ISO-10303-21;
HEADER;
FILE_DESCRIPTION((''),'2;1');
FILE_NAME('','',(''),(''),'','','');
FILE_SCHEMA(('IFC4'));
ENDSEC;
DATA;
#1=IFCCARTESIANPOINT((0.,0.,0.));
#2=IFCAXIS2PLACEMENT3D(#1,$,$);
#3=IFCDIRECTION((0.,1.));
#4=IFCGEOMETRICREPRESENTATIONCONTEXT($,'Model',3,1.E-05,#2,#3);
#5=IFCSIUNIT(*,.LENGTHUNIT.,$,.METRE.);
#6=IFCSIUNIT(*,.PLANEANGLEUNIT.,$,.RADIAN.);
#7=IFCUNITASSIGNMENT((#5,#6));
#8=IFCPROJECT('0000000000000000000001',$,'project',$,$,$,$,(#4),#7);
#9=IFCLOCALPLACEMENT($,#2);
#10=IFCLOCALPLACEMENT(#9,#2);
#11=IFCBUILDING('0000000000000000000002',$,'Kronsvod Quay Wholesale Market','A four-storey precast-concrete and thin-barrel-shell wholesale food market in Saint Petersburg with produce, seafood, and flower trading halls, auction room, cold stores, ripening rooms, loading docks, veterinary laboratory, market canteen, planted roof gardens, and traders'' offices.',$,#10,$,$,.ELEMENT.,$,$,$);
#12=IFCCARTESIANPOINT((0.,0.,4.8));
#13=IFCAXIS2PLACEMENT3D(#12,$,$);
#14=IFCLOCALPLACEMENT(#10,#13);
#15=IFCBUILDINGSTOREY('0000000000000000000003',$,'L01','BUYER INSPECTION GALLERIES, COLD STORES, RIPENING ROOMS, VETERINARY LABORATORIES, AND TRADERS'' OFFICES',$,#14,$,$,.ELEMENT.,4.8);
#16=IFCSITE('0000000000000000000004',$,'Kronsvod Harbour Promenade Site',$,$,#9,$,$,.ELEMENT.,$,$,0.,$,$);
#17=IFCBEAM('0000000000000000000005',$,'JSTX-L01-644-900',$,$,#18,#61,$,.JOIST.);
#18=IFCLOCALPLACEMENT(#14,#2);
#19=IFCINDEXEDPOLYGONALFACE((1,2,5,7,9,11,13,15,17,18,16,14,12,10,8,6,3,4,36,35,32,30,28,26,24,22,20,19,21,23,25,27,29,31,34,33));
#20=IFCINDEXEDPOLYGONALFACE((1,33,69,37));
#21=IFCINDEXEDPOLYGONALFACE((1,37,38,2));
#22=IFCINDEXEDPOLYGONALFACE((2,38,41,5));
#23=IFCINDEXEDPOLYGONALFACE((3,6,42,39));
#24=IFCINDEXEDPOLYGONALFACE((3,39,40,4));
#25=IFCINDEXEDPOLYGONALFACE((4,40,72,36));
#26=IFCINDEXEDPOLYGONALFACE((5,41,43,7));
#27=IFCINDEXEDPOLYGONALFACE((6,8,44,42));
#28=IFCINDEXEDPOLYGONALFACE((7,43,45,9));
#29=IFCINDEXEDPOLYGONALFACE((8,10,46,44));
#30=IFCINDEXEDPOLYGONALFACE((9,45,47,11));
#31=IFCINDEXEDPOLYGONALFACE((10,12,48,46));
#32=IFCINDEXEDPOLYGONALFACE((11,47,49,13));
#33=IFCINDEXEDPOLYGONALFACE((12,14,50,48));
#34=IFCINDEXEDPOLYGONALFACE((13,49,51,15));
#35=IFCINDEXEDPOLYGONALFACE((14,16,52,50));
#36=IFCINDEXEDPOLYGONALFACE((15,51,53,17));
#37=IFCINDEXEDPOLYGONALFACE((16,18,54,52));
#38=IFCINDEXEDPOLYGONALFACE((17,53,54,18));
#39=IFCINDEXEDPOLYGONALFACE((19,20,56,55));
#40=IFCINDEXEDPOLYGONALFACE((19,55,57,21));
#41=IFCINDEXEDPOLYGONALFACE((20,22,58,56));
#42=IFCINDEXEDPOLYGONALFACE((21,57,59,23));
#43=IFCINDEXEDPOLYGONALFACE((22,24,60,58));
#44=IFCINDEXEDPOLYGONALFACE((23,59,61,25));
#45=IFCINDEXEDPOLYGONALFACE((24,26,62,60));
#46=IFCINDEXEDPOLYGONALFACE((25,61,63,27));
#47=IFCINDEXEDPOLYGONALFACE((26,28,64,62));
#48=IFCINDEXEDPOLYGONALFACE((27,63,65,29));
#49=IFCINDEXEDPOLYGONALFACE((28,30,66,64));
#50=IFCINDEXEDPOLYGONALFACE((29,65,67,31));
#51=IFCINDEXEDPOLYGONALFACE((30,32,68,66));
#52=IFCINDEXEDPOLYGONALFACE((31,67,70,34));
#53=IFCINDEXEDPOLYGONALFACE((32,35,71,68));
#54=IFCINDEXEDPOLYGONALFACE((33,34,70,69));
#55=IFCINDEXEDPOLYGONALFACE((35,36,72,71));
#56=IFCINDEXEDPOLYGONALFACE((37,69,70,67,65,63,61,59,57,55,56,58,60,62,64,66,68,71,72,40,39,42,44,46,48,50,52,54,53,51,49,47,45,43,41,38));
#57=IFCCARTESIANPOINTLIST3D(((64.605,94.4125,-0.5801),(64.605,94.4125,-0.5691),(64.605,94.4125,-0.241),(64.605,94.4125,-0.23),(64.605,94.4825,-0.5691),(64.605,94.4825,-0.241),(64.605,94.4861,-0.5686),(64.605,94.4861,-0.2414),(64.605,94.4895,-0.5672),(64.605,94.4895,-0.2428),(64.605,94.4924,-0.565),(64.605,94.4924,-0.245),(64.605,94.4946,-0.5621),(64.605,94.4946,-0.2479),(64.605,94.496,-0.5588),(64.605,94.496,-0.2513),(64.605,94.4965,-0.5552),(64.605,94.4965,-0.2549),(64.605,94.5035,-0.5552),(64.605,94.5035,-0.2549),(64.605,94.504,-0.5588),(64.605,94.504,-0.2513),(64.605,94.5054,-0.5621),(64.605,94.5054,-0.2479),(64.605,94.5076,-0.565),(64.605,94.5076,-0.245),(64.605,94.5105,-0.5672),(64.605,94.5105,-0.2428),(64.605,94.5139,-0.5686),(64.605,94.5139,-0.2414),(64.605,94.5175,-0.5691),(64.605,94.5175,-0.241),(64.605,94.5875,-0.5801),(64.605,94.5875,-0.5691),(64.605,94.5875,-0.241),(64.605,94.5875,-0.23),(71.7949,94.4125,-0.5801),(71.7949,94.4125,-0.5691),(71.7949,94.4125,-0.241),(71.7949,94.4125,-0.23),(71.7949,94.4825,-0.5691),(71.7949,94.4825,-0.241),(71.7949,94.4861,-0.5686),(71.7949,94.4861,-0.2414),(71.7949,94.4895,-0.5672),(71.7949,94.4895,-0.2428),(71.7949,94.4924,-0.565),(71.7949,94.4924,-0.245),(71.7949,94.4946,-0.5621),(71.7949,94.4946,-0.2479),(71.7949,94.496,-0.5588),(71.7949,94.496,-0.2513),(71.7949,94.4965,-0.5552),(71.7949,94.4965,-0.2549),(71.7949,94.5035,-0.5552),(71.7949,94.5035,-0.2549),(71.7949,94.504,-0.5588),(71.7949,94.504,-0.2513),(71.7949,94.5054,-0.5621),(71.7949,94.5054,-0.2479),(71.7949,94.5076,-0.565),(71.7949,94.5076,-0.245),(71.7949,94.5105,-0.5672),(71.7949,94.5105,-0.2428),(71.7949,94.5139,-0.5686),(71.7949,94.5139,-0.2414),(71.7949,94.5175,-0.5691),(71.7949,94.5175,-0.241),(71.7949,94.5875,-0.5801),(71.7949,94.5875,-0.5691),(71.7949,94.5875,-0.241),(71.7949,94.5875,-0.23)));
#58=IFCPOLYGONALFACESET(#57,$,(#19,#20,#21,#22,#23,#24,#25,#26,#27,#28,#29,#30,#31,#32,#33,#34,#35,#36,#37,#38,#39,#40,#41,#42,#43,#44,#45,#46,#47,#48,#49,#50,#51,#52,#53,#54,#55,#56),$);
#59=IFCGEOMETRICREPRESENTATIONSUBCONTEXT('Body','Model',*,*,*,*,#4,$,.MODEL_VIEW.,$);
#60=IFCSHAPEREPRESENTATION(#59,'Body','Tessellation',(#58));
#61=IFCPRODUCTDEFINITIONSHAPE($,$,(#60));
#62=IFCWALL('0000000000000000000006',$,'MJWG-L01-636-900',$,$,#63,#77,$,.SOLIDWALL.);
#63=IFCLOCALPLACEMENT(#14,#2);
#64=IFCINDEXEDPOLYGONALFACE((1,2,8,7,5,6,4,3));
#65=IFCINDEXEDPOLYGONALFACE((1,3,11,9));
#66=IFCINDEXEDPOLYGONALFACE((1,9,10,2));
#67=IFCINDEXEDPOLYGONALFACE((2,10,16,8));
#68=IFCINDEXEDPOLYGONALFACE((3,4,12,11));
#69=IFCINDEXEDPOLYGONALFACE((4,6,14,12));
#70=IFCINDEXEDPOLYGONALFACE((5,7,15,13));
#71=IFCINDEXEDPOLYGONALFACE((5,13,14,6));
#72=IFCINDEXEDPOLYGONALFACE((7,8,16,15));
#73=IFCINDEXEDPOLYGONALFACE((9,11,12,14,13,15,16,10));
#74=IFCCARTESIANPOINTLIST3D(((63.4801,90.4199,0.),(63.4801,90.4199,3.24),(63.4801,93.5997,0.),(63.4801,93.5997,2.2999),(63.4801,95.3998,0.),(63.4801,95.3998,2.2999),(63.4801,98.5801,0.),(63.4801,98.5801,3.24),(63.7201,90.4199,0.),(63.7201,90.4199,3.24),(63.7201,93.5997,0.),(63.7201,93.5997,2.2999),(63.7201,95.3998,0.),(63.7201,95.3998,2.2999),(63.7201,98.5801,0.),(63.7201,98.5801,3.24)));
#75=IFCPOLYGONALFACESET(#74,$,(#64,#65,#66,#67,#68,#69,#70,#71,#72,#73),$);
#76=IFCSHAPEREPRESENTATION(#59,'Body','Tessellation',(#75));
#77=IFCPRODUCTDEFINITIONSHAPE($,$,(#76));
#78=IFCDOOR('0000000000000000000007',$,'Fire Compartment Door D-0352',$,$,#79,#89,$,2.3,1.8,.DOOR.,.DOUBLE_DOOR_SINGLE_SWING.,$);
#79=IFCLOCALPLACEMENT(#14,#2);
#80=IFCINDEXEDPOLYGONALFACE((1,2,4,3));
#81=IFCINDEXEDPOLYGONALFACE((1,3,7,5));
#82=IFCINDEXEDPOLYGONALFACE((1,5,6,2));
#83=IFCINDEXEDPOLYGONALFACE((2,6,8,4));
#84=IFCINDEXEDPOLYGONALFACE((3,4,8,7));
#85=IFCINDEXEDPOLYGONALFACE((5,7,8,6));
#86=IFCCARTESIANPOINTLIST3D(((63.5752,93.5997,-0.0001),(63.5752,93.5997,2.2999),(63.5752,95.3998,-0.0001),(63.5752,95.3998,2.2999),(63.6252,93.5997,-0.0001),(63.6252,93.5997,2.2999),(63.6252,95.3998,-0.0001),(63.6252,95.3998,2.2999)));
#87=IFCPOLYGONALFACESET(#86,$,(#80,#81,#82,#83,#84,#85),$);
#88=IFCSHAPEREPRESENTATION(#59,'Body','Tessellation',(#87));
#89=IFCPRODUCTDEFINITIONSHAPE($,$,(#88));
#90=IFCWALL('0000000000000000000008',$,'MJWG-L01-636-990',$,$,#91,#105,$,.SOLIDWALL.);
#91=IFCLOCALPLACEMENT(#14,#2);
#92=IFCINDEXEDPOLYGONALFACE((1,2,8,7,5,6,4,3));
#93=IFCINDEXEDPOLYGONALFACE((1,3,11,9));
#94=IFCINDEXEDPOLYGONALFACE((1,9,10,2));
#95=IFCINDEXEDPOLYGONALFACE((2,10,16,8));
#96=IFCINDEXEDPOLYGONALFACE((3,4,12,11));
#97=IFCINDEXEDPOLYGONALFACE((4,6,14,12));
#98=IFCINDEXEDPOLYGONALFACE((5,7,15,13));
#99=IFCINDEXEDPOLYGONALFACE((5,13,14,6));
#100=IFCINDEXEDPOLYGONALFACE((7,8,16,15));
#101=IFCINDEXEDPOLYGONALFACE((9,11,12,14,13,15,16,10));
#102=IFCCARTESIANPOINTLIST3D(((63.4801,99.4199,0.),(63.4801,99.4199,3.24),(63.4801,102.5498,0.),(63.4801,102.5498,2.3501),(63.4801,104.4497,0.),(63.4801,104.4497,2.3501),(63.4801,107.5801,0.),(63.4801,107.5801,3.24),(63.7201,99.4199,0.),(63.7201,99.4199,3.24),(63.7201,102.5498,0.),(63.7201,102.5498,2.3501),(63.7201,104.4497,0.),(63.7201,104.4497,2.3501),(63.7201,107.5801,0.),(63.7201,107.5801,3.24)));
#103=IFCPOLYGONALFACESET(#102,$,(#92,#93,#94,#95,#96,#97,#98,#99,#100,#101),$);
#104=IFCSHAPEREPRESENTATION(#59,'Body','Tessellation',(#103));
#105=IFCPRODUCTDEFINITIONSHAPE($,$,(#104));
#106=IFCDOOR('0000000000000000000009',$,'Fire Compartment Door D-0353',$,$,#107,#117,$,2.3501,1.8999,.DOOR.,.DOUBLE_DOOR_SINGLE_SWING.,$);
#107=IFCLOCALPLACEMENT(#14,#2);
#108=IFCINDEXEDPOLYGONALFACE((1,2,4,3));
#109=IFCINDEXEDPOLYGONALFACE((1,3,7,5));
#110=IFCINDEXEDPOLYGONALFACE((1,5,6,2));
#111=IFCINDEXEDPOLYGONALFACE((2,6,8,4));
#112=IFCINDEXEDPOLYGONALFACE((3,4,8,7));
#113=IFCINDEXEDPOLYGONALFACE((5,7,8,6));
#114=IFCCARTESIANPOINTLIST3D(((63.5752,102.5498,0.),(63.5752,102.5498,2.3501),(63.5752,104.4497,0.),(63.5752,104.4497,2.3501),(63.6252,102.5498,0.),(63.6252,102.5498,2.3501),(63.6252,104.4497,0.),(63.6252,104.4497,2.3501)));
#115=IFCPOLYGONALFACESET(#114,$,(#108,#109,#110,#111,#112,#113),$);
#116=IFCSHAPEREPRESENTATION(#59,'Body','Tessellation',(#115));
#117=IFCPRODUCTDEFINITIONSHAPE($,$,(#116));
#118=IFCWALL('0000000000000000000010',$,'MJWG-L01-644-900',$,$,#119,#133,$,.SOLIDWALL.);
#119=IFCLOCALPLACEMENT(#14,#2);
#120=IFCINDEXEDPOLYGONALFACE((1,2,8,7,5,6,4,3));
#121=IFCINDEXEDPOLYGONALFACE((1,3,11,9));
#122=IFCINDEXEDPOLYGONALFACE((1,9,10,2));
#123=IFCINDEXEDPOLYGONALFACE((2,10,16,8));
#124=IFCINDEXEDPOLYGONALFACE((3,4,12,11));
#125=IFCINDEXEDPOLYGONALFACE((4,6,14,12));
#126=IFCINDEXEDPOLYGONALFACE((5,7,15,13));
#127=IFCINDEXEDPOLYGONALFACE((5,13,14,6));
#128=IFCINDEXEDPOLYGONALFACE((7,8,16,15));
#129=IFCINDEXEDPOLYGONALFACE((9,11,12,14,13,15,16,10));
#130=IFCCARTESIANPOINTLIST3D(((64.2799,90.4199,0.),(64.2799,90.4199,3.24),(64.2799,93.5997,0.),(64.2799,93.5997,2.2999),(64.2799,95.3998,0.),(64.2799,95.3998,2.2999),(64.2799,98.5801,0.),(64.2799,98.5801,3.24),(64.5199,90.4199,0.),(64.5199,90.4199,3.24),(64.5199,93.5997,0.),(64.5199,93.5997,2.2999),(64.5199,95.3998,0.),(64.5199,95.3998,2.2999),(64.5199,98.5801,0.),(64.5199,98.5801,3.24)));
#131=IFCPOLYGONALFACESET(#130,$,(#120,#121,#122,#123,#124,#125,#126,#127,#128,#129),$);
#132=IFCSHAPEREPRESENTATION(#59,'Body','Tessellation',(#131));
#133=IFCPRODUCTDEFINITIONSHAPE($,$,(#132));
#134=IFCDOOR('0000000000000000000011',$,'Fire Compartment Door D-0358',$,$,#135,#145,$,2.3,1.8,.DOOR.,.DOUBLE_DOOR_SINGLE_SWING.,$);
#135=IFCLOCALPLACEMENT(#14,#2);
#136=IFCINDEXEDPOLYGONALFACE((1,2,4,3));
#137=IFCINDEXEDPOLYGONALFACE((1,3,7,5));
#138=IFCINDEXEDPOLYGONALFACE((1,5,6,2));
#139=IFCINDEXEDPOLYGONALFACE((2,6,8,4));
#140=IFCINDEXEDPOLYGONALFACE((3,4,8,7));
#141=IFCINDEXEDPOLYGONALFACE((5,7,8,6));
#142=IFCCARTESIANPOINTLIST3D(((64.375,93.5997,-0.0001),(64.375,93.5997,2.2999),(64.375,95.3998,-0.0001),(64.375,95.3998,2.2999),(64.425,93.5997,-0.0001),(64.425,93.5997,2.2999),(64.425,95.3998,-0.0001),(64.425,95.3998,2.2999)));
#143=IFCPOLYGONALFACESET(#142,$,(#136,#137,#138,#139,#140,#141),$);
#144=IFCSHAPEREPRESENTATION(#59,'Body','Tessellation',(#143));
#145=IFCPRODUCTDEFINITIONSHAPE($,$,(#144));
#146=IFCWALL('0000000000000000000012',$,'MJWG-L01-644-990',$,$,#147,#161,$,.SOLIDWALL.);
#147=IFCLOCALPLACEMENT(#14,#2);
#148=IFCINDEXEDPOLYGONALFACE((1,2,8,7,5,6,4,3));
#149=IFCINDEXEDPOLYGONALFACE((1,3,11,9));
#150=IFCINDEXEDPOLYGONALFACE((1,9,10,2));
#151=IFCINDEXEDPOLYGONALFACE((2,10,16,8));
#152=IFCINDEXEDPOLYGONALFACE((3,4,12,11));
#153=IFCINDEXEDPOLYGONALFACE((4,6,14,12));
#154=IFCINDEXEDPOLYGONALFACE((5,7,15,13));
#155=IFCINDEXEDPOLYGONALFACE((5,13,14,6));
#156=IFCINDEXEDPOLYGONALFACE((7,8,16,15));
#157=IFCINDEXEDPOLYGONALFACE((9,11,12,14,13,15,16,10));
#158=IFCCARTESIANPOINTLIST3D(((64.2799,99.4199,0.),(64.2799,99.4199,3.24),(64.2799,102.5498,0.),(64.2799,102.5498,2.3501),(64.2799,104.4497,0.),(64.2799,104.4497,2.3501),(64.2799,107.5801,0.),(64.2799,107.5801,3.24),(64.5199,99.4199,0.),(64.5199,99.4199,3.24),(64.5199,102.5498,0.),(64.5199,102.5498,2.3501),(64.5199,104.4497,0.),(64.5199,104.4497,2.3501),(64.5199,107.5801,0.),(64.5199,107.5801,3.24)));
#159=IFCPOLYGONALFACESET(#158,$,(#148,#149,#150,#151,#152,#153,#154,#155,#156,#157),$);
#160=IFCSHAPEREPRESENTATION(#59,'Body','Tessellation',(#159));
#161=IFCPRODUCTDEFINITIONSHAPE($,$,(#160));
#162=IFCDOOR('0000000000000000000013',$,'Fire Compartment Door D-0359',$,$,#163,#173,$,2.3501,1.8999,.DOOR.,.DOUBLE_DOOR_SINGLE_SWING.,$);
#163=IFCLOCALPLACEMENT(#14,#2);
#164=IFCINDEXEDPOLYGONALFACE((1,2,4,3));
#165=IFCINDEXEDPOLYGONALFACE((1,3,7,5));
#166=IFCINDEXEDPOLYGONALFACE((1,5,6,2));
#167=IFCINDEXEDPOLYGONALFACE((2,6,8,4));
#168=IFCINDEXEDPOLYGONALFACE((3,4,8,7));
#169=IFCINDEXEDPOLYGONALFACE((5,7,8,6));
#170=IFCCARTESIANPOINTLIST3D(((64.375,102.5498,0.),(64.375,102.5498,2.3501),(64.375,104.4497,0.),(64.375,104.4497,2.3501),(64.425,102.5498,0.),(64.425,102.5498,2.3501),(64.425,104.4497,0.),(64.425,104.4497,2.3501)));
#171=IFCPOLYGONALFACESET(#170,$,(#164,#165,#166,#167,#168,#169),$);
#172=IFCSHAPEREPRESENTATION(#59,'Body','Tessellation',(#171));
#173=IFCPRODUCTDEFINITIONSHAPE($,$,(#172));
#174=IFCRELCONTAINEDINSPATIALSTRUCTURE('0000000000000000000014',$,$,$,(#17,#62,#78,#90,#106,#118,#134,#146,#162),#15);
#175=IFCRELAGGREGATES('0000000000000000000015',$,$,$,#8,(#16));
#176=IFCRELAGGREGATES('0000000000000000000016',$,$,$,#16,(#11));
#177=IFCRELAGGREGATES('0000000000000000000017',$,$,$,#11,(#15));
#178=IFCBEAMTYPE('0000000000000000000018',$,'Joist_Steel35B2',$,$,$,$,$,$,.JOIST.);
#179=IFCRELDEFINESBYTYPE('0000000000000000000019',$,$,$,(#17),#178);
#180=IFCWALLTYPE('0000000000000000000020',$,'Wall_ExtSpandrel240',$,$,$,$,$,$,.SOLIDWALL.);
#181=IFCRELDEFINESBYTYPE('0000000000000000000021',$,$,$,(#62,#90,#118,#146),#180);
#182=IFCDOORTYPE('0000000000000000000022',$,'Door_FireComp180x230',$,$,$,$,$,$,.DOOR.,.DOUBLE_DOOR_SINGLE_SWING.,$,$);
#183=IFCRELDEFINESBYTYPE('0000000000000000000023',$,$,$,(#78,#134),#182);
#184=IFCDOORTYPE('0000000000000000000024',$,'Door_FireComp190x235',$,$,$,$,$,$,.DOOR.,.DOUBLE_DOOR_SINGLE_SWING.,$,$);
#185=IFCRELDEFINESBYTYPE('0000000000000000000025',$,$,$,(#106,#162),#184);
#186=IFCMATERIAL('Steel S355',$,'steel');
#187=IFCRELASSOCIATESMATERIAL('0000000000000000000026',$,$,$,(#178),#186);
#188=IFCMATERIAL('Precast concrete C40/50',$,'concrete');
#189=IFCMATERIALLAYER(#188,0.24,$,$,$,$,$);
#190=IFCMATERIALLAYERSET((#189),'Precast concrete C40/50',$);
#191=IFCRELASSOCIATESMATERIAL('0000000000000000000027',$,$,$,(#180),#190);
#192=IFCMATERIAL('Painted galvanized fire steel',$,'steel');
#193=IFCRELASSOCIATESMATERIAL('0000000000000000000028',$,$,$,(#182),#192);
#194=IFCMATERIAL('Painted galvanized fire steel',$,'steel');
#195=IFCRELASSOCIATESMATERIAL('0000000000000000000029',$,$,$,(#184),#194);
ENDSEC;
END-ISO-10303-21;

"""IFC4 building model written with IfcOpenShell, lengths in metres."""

from ifc_helpers import new_model, si_unit, direction, frame, frame_2d, origin, origin_2d, place, context, subcontext, project, spatial, rectangle, i_section, extrude, material, layer, layer_set, material_profile, profile_set, type_object, element, fill, save


model = new_model("IFC4")

# Units and contexts
model_context = context("Model", 3, precision=1e-05, world=origin(), true_north=direction((0.0, 1.0)))
body_context = subcontext(model_context, "Body", "Model", "MODEL_VIEW")
ifc_project = project(units=[si_unit("LENGTHUNIT", "METRE"), si_unit("PLANEANGLEUNIT", "RADIAN")], contexts=[model_context])

# Site, building, storey
site_placement = place(None, origin())
site = spatial("IfcSite", under=ifc_project, at=site_placement, Name="Kronsvod Harbour Promenade Site", CompositionType="ELEMENT", RefElevation=0.0)
building_placement = place(site_placement, origin())
building = spatial("IfcBuilding", under=site, at=building_placement, Name="Kronsvod Quay Wholesale Market", Description="A four-storey precast-concrete and thin-barrel-shell wholesale food market in Saint Petersburg with produce, seafood, and flower trading halls, auction room, cold stores, ripening rooms, loading docks, veterinary laboratory, market canteen, planted roof gardens, and traders' offices.", CompositionType="ELEMENT")
storey_placement = place(building_placement, frame((0.0, 0.0, 4.8)))
storey = spatial("IfcBuildingStorey", under=building, at=storey_placement, Name="L01", Description="BUYER INSPECTION GALLERIES, COLD STORES, RIPENING ROOMS, VETERINARY LABORATORIES, AND TRADERS' OFFICES", CompositionType="ELEMENT", Elevation=4.8)

# Beam
ifc_material_1 = material(Name="Steel S355", Category="steel")
ifc_material_profile_1 = material_profile(ifc_material_1, i_section(OverallWidth=0.175, OverallDepth=0.3501, WebThickness=0.0071, FlangeThickness=0.011, FilletRadius=0.0139, at=origin_2d()), Name="35B2")
ifc_profile_set_1 = profile_set([ifc_material_profile_1], Name="Steel S355")
beam_type_1 = type_object("IfcBeamType", Name="Joist_Steel35B2", PredefinedType="JOIST", material=ifc_profile_set_1)
for number, where, z_axis, x_axis, name in (
    (1, (64.605, 94.5, -0.405), (1.0, 0.0, 0.0), (0.0, 1.0, 0.0), "JSTX-L01-644-900"),
):
    element("IfcBeam", number, at=place(storey_placement, frame(where, z_axis=z_axis, x_axis=x_axis)), inside=storey, type_object=beam_type_1, Name=name, PredefinedType="JOIST", context=body_context, shape_type="SweptSolid", body=[
        extrude(i_section(OverallWidth=0.175, OverallDepth=0.3501, WebThickness=0.0071, FlangeThickness=0.011, FilletRadius=0.0139, at=origin_2d()), origin(), (0.0, 0.0, 1.0), 7.1899),
    ])

# Walls, openings, doors
ifc_material_2 = material(Name="Precast concrete C40/50", Category="concrete")
ifc_layer_1 = layer(ifc_material_2, 0.24)
ifc_layer_set_1 = layer_set([ifc_layer_1], Name="Precast concrete C40/50")
wall_type_1 = type_object("IfcWallType", Name="Wall_ExtSpandrel240", PredefinedType="SOLIDWALL", material=ifc_layer_set_1)
wall_1_placement = place(storey_placement, frame((63.6001, 90.4199, 0.0), z_axis=(0.0, 0.0, 1.0), x_axis=(0.0, 1.0, 0.0)))
wall_1 = element("IfcWall", 2, at=wall_1_placement, inside=storey, type_object=wall_type_1, Name="MJWG-L01-636-900", PredefinedType="SOLIDWALL", context=body_context, shape_type="SweptSolid", body=[
    extrude(rectangle(XDim=8.1602, YDim=0.24, at=frame_2d((4.0801, 0.0))), origin(), (0.0, 0.0, 1.0), 3.24),
])
opening_1_placement = place(wall_1_placement, frame((3.1799, 0.0, 0.0)))
opening_1 = element("IfcOpeningElement", 3, at=opening_1_placement, cuts=wall_1, PredefinedType="OPENING", context=body_context, shape_type="SweptSolid", body=[
    extrude(rectangle(XDim=1.8, YDim=2.3, at=frame_2d((0.8999, 1.1499))), frame((0.0, 0.1299, 0.0), z_axis=(0.0, -1.0, 0.0), x_axis=(1.0, 0.0, 0.0)), (0.0, 0.0, 1.0), 0.26),
])
ifc_material_3 = material(Name="Painted galvanized fire steel", Category="steel")
door_type_1 = type_object("IfcDoorType", Name="Door_FireComp180x230", OperationType="DOUBLE_DOOR_SINGLE_SWING", PredefinedType="DOOR", material=ifc_material_3)
door_1_placement = place(opening_1_placement, origin())
door_1 = element("IfcDoor", 4, at=door_1_placement, inside=storey, type_object=door_type_1, Name="Fire Compartment Door D-0352", OperationType="DOUBLE_DOOR_SINGLE_SWING", OverallHeight=2.3, OverallWidth=1.8, PredefinedType="DOOR", context=body_context, shape_type="SweptSolid", body=[
    extrude(rectangle(XDim=1.8, YDim=2.3, at=frame_2d((0.8999, 1.1499))), frame((0.0, 0.0249, 0.0), z_axis=(0.0, -1.0, 0.0), x_axis=(1.0, 0.0, 0.0)), (0.0, 0.0, 1.0), 0.05),
])
fill(opening_1, door_1)
wall_2_placement = place(storey_placement, frame((63.6001, 99.4199, 0.0), z_axis=(0.0, 0.0, 1.0), x_axis=(0.0, 1.0, 0.0)))
wall_2 = element("IfcWall", 5, at=wall_2_placement, inside=storey, type_object=wall_type_1, Name="MJWG-L01-636-990", PredefinedType="SOLIDWALL", context=body_context, shape_type="SweptSolid", body=[
    extrude(rectangle(XDim=8.1602, YDim=0.24, at=frame_2d((4.0801, 0.0))), origin(), (0.0, 0.0, 1.0), 3.24),
])
opening_2_placement = place(wall_2_placement, frame((3.1299, 0.0, 0.0)))
opening_2 = element("IfcOpeningElement", 6, at=opening_2_placement, cuts=wall_2, PredefinedType="OPENING", context=body_context, shape_type="SweptSolid", body=[
    extrude(rectangle(XDim=1.8999, YDim=2.3501, at=frame_2d((0.95, 1.175))), frame((0.0, 0.1299, 0.0), z_axis=(0.0, -1.0, 0.0), x_axis=(1.0, 0.0, 0.0)), (0.0, 0.0, 1.0), 0.26),
])
ifc_material_4 = material(Name="Painted galvanized fire steel", Category="steel")
door_type_2 = type_object("IfcDoorType", Name="Door_FireComp190x235", OperationType="DOUBLE_DOOR_SINGLE_SWING", PredefinedType="DOOR", material=ifc_material_4)
door_2_placement = place(opening_2_placement, origin())
door_2 = element("IfcDoor", 7, at=door_2_placement, inside=storey, type_object=door_type_2, Name="Fire Compartment Door D-0353", OperationType="DOUBLE_DOOR_SINGLE_SWING", OverallHeight=2.3501, OverallWidth=1.8999, PredefinedType="DOOR", context=body_context, shape_type="SweptSolid", body=[
    extrude(rectangle(XDim=1.8999, YDim=2.3501, at=frame_2d((0.95, 1.175))), frame((0.0, 0.0249, 0.0), z_axis=(0.0, -1.0, 0.0), x_axis=(1.0, 0.0, 0.0)), (0.0, 0.0, 1.0), 0.05),
])
fill(opening_2, door_2)
wall_3_placement = place(storey_placement, frame((64.3999, 90.4199, 0.0), z_axis=(0.0, 0.0, 1.0), x_axis=(0.0, 1.0, 0.0)))
wall_3 = element("IfcWall", 8, at=wall_3_placement, inside=storey, type_object=wall_type_1, Name="MJWG-L01-644-900", PredefinedType="SOLIDWALL", context=body_context, shape_type="SweptSolid", body=[
    extrude(rectangle(XDim=8.1602, YDim=0.24, at=frame_2d((4.0801, 0.0))), origin(), (0.0, 0.0, 1.0), 3.24),
])
opening_3_placement = place(wall_3_placement, frame((3.1799, 0.0, 0.0)))
opening_3 = element("IfcOpeningElement", 9, at=opening_3_placement, cuts=wall_3, PredefinedType="OPENING", context=body_context, shape_type="SweptSolid", body=[
    extrude(rectangle(XDim=1.8, YDim=2.3, at=frame_2d((0.8999, 1.1499))), frame((0.0, 0.1299, 0.0), z_axis=(0.0, -1.0, 0.0), x_axis=(1.0, 0.0, 0.0)), (0.0, 0.0, 1.0), 0.26),
])
door_3_placement = place(opening_3_placement, origin())
door_3 = element("IfcDoor", 10, at=door_3_placement, inside=storey, type_object=door_type_1, Name="Fire Compartment Door D-0358", OperationType="DOUBLE_DOOR_SINGLE_SWING", OverallHeight=2.3, OverallWidth=1.8, PredefinedType="DOOR", context=body_context, shape_type="SweptSolid", body=[
    extrude(rectangle(XDim=1.8, YDim=2.3, at=frame_2d((0.8999, 1.1499))), frame((0.0, 0.0249, 0.0), z_axis=(0.0, -1.0, 0.0), x_axis=(1.0, 0.0, 0.0)), (0.0, 0.0, 1.0), 0.05),
])
fill(opening_3, door_3)
wall_4_placement = place(storey_placement, frame((64.3999, 99.4199, 0.0), z_axis=(0.0, 0.0, 1.0), x_axis=(0.0, 1.0, 0.0)))
wall_4 = element("IfcWall", 11, at=wall_4_placement, inside=storey, type_object=wall_type_1, Name="MJWG-L01-644-990", PredefinedType="SOLIDWALL", context=body_context, shape_type="SweptSolid", body=[
    extrude(rectangle(XDim=8.1602, YDim=0.24, at=frame_2d((4.0801, 0.0))), origin(), (0.0, 0.0, 1.0), 3.24),
])
opening_4_placement = place(wall_4_placement, frame((3.1299, 0.0, 0.0)))
opening_4 = element("IfcOpeningElement", 12, at=opening_4_placement, cuts=wall_4, PredefinedType="OPENING", context=body_context, shape_type="SweptSolid", body=[
    extrude(rectangle(XDim=1.8999, YDim=2.3501, at=frame_2d((0.95, 1.175))), frame((0.0, 0.1299, 0.0), z_axis=(0.0, -1.0, 0.0), x_axis=(1.0, 0.0, 0.0)), (0.0, 0.0, 1.0), 0.26),
])
door_4_placement = place(opening_4_placement, origin())
door_4 = element("IfcDoor", 13, at=door_4_placement, inside=storey, type_object=door_type_2, Name="Fire Compartment Door D-0359", OperationType="DOUBLE_DOOR_SINGLE_SWING", OverallHeight=2.3501, OverallWidth=1.8999, PredefinedType="DOOR", context=body_context, shape_type="SweptSolid", body=[
    extrude(rectangle(XDim=1.8999, YDim=2.3501, at=frame_2d((0.95, 1.175))), frame((0.0, 0.0249, 0.0), z_axis=(0.0, -1.0, 0.0), x_axis=(1.0, 0.0, 0.0)), (0.0, 0.0, 1.0), 0.05),
])
fill(opening_4, door_4)

save(model, "model.ifc")
